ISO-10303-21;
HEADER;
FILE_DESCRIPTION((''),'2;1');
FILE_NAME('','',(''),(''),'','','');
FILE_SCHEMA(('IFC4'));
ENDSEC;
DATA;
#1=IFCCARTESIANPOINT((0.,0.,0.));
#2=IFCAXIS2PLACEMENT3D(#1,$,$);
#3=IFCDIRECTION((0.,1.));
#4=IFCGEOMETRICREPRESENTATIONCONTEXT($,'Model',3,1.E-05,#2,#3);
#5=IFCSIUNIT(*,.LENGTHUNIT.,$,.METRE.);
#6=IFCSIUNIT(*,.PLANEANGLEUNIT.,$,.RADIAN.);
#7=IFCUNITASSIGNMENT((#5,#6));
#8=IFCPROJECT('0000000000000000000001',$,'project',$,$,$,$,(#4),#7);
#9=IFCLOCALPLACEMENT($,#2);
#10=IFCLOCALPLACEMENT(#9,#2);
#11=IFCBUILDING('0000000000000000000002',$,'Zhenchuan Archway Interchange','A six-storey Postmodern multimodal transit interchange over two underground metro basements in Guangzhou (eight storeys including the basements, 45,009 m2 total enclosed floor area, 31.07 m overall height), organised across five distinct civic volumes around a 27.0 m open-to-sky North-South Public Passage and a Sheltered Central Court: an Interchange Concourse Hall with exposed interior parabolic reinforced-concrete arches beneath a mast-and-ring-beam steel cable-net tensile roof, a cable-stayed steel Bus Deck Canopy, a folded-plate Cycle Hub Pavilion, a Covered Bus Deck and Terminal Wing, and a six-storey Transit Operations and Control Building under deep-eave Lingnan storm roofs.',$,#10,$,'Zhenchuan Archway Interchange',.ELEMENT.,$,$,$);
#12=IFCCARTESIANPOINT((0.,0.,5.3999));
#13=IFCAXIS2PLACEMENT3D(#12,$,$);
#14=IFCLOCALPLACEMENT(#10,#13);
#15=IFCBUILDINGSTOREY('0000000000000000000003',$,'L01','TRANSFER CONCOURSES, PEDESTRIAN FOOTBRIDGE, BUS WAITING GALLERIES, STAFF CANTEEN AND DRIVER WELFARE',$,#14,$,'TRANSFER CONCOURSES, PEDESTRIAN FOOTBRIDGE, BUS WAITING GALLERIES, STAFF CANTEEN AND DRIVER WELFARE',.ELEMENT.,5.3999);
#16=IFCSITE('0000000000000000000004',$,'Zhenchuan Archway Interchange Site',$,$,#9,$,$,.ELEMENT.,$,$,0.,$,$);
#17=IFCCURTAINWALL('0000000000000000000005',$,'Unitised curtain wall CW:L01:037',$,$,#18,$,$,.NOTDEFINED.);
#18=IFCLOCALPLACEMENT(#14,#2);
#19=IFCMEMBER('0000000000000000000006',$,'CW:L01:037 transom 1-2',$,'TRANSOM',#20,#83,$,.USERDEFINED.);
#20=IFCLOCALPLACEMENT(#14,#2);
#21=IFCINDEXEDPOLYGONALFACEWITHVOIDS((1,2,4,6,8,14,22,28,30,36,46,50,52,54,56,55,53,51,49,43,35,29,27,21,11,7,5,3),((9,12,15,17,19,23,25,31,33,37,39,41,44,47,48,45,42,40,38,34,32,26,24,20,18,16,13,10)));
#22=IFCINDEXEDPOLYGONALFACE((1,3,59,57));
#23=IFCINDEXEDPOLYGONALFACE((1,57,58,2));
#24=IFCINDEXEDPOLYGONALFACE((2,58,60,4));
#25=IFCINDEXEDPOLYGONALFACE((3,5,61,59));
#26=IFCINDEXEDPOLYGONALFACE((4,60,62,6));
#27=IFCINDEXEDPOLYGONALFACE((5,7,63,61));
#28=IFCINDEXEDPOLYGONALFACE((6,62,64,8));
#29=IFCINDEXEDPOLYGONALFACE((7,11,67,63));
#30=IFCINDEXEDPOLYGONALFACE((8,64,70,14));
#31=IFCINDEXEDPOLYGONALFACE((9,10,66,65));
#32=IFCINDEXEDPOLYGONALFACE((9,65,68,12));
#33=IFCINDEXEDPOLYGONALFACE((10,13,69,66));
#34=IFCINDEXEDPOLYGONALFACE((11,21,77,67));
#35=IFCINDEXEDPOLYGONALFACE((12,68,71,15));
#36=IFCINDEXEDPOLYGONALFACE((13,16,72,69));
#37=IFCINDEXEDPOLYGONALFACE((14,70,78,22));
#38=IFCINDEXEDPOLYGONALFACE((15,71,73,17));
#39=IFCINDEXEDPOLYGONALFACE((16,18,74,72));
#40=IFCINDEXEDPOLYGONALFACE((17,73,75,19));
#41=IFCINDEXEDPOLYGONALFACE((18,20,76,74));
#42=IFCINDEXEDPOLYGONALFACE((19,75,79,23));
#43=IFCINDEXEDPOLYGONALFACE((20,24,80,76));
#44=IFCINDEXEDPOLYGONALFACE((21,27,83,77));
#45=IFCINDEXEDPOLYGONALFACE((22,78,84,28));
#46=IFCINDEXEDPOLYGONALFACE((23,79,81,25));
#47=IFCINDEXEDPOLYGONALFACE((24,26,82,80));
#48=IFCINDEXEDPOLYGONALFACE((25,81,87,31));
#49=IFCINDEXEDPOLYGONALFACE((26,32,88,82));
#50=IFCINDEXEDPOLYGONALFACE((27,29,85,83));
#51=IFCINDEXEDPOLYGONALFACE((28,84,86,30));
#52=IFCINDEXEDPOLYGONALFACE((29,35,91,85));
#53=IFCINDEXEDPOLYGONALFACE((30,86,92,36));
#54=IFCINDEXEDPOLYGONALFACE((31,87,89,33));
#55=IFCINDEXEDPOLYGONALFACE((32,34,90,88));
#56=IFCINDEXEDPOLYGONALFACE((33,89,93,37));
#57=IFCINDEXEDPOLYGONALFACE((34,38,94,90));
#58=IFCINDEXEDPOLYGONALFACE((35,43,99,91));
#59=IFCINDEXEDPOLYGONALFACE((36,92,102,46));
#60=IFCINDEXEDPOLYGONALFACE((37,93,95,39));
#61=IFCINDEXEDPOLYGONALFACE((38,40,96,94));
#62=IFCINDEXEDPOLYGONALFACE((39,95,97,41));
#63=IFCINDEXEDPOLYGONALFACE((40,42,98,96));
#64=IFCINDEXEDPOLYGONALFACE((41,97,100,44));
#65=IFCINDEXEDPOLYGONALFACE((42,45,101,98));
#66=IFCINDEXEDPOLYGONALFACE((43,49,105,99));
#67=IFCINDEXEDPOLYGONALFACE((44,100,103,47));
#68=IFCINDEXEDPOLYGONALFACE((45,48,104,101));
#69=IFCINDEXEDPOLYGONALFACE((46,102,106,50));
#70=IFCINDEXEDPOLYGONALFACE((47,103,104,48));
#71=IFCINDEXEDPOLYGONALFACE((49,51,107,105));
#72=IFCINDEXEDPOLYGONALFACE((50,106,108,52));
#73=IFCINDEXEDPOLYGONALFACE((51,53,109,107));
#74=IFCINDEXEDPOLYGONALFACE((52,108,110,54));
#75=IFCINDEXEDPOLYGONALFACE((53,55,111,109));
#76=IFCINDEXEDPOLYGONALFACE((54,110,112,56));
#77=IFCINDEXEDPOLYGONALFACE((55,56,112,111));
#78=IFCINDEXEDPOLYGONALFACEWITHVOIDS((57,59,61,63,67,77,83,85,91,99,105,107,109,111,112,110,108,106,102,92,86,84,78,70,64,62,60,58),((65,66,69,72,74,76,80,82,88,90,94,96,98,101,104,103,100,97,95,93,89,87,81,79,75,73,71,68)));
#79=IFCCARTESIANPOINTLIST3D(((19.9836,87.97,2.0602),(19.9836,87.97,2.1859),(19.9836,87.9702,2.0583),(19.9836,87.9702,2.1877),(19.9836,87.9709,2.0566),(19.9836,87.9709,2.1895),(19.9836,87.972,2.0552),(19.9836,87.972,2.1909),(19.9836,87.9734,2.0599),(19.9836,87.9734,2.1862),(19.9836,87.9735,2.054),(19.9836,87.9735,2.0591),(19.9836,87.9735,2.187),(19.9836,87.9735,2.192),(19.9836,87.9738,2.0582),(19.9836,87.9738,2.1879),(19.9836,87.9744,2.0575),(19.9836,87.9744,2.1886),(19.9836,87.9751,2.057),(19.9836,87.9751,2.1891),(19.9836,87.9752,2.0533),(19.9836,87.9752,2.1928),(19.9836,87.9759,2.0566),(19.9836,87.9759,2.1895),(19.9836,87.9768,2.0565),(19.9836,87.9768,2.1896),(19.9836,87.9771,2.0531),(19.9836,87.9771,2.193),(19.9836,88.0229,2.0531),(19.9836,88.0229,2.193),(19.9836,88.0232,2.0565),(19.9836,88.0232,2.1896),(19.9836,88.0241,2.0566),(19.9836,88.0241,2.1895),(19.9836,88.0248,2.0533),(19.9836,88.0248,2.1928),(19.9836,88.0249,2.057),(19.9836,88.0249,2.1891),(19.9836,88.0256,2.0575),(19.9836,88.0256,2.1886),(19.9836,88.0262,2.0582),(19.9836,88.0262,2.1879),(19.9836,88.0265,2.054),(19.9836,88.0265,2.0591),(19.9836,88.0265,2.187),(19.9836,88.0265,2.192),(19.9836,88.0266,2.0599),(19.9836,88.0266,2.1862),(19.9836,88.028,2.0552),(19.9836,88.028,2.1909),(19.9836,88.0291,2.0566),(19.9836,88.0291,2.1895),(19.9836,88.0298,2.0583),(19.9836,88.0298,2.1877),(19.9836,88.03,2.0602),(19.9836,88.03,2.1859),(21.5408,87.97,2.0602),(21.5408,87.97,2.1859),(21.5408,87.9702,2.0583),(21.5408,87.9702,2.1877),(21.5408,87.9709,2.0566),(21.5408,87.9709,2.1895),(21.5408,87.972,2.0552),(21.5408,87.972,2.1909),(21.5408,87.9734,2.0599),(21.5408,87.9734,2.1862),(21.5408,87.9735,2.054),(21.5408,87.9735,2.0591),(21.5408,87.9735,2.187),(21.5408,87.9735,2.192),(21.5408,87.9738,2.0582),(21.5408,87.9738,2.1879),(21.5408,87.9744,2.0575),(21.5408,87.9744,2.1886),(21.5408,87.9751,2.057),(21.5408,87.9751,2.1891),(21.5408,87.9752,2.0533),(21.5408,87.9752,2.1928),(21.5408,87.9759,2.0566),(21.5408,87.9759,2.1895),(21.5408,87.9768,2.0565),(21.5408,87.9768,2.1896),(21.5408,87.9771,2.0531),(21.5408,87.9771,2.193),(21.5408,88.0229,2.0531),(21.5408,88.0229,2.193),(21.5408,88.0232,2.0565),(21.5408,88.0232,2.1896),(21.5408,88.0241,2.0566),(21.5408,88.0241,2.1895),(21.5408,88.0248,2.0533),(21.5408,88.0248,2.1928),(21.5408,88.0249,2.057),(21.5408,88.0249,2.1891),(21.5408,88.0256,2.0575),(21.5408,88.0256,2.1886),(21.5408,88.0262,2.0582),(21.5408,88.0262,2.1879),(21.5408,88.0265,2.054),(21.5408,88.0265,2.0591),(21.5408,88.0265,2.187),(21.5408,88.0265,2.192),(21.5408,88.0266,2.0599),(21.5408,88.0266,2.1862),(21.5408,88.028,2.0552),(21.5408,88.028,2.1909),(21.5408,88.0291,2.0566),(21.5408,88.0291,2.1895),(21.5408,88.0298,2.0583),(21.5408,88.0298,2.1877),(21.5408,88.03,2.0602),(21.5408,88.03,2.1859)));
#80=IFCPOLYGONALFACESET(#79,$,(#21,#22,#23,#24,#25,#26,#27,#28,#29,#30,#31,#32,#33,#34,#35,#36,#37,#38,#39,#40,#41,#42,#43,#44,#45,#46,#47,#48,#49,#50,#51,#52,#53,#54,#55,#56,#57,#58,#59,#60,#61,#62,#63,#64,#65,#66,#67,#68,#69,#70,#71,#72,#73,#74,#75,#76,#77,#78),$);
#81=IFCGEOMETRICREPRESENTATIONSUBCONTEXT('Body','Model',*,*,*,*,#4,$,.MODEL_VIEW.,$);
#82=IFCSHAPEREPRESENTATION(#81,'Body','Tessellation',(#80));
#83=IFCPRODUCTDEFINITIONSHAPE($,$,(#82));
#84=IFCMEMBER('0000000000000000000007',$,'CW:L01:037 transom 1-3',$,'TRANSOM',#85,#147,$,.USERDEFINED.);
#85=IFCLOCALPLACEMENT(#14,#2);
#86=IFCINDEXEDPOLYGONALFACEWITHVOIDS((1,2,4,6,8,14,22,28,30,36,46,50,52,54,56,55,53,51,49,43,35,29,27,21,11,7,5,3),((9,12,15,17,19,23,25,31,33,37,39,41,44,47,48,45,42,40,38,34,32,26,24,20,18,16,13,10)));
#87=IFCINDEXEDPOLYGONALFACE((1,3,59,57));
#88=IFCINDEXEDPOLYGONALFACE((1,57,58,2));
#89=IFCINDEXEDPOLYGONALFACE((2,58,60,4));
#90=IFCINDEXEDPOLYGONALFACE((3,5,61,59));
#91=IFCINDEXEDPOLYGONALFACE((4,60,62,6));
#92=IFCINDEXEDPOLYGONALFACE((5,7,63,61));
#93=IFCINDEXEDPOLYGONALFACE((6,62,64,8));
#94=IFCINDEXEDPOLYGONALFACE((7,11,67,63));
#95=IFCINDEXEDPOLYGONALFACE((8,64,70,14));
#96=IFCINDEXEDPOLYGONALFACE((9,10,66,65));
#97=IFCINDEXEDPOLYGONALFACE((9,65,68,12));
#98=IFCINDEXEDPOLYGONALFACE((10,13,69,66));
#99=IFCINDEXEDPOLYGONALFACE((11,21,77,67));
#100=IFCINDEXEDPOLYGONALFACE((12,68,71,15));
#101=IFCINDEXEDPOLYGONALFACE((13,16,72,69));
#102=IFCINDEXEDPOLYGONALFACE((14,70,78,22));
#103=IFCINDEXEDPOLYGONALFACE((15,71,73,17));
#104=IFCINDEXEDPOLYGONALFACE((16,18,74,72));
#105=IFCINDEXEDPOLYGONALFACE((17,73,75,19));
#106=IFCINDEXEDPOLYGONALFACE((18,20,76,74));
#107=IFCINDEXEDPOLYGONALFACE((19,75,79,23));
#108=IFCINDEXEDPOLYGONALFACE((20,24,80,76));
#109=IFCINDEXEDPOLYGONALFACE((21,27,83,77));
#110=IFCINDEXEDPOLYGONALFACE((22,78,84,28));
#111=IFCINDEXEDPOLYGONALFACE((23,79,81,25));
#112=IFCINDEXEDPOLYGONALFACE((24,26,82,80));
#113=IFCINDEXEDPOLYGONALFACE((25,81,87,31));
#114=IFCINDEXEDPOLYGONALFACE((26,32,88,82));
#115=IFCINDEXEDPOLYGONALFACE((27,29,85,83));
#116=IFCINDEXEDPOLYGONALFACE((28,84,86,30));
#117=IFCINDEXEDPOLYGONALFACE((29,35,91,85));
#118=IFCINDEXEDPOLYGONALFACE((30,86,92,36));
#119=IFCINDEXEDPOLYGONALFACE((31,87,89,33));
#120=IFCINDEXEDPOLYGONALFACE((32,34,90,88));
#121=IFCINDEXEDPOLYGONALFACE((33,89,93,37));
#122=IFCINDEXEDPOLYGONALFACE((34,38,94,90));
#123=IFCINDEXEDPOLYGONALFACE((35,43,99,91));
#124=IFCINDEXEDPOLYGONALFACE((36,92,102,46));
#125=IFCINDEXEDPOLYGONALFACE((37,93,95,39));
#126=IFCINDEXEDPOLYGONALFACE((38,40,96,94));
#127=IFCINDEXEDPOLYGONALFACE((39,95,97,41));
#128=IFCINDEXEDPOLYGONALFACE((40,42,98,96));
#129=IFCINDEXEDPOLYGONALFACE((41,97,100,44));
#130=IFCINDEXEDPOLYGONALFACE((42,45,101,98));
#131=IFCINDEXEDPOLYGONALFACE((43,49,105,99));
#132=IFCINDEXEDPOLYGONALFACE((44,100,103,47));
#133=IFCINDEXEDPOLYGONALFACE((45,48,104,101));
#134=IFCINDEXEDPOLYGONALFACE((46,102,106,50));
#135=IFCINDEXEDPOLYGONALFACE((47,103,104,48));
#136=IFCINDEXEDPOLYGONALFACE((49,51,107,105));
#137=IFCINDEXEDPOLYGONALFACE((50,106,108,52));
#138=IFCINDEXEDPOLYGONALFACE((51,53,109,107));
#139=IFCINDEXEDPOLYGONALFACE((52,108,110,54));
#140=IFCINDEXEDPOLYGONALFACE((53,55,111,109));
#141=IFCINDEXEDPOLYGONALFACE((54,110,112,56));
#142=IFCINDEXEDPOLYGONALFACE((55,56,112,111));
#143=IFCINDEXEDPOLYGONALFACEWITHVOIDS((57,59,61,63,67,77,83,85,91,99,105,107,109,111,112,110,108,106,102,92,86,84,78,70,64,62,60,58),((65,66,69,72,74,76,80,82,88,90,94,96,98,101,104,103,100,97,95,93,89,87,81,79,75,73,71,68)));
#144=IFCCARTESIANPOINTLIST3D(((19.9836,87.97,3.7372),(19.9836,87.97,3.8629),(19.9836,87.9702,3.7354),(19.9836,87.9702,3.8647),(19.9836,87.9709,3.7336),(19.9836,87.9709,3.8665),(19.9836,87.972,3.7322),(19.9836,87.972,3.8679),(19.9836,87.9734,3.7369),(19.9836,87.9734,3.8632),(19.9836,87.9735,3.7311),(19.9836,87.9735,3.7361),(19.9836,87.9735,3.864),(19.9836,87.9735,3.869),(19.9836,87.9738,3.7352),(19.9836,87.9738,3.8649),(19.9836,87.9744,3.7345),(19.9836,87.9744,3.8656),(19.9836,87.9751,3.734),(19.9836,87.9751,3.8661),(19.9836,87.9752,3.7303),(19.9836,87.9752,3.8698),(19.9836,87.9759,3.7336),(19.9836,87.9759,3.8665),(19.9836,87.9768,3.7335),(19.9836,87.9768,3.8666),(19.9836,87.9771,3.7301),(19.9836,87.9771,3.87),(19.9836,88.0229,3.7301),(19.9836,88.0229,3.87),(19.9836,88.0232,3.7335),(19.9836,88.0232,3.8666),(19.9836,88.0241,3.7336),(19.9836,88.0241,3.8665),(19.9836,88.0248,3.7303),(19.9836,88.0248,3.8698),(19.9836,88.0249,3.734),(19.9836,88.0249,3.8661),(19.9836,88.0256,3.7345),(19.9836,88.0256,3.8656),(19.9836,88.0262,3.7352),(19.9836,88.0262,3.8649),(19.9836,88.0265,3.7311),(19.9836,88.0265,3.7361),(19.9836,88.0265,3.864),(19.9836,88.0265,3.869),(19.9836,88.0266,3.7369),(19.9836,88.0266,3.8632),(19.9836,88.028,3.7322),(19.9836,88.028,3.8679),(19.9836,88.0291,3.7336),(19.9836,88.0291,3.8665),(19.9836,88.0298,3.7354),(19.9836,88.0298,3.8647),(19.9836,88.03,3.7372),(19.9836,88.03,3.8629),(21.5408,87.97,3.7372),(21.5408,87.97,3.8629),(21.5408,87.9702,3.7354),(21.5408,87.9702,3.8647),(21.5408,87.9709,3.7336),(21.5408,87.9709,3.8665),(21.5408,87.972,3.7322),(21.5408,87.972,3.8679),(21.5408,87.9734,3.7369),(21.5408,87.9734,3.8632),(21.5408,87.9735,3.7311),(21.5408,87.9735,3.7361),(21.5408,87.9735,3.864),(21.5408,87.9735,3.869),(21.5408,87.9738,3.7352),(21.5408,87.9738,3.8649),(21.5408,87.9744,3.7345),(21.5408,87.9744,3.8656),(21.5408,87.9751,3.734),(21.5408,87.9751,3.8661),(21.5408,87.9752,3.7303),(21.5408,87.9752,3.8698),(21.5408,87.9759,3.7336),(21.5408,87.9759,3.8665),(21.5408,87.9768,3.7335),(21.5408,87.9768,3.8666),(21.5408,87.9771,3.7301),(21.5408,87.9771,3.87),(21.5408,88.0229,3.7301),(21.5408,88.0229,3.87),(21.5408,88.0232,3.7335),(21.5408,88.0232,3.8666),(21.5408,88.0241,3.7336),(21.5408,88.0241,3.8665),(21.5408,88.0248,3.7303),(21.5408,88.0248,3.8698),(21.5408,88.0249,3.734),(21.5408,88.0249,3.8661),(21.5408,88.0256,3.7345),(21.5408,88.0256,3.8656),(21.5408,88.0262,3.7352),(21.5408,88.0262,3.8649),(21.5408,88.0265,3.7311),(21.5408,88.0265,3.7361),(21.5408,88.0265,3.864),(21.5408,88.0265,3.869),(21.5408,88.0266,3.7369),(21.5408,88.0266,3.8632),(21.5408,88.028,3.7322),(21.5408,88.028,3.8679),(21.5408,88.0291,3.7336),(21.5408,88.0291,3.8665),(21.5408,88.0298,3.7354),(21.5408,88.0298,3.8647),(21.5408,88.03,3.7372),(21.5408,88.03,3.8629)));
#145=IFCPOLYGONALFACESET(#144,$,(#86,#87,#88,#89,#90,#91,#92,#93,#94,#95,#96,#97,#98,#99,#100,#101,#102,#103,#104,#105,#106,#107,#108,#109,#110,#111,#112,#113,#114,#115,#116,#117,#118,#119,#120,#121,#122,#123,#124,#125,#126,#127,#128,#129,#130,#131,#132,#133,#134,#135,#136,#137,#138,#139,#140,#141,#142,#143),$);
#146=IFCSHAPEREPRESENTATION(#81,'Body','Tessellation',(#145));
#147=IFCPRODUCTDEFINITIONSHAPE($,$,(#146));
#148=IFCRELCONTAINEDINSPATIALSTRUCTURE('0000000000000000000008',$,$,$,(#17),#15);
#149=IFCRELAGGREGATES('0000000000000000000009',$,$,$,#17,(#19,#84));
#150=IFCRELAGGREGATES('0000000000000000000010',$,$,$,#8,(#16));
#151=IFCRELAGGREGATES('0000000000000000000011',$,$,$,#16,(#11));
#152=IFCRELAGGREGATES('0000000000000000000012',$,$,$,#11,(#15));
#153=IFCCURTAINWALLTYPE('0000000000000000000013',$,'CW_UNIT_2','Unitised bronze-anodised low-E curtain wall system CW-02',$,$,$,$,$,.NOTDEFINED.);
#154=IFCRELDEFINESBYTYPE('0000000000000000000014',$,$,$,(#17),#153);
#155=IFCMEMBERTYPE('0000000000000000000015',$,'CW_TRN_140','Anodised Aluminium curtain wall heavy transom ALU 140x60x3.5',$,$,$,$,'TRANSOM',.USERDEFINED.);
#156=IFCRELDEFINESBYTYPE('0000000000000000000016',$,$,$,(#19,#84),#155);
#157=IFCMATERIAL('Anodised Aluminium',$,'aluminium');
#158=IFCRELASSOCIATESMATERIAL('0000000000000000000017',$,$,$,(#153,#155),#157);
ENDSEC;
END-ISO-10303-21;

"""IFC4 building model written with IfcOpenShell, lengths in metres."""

from ifc_helpers import new_model, si_unit, direction, frame, origin, origin_2d, place, context, subcontext, project, spatial, hollow_rectangle, extrude, material, material_profile, profile_set, type_object, element, aggregate, save


model = new_model("IFC4")

# Units and contexts
model_context = context("Model", 3, precision=1e-05, world=origin(), true_north=direction((0.0, 1.0)))
body_context = subcontext(model_context, "Body", "Model", "MODEL_VIEW")
ifc_project = project(units=[si_unit("LENGTHUNIT", "METRE"), si_unit("PLANEANGLEUNIT", "RADIAN")], contexts=[model_context])

# Site, building, storey
site_placement = place(None, origin())
site = spatial("IfcSite", under=ifc_project, at=site_placement, Name="Zhenchuan Archway Interchange Site", CompositionType="ELEMENT", RefElevation=0.0)
building_placement = place(site_placement, origin())
building = spatial("IfcBuilding", under=site, at=building_placement, Name="Zhenchuan Archway Interchange", Description="A six-storey Postmodern multimodal transit interchange over two underground metro basements in Guangzhou (eight storeys including the basements, 45,009 m2 total enclosed floor area, 31.07 m overall height), organised across five distinct civic volumes around a 27.0 m open-to-sky North-South Public Passage and a Sheltered Central Court: an Interchange Concourse Hall with exposed interior parabolic reinforced-concrete arches beneath a mast-and-ring-beam steel cable-net tensile roof, a cable-stayed steel Bus Deck Canopy, a folded-plate Cycle Hub Pavilion, a Covered Bus Deck and Terminal Wing, and a six-storey Transit Operations and Control Building under deep-eave Lingnan storm roofs.", LongName="Zhenchuan Archway Interchange", CompositionType="ELEMENT")
storey_placement = place(building_placement, frame((0.0, 0.0, 5.3999)))
storey = spatial("IfcBuildingStorey", under=building, at=storey_placement, Name="L01", Description="TRANSFER CONCOURSES, PEDESTRIAN FOOTBRIDGE, BUS WAITING GALLERIES, STAFF CANTEEN AND DRIVER WELFARE", LongName="TRANSFER CONCOURSES, PEDESTRIAN FOOTBRIDGE, BUS WAITING GALLERIES, STAFF CANTEEN AND DRIVER WELFARE", CompositionType="ELEMENT", Elevation=5.3999)

# Shared definitions
ifc_material_1 = material(Name="Anodised Aluminium", Category="aluminium")

# Curtain wall
curtain_wall_type_1 = type_object("IfcCurtainWallType", Name="CW_UNIT_2", Description="Unitised bronze-anodised low-E curtain wall system CW-02", PredefinedType="NOTDEFINED", material=ifc_material_1)
curtain_wall_1_placement = place(storey_placement, origin())
curtain_wall_1 = element("IfcCurtainWall", 1, at=curtain_wall_1_placement, inside=storey, type_object=curtain_wall_type_1, Name="Unitised curtain wall CW:L01:037", PredefinedType="NOTDEFINED")

# Members
ifc_material_profile_1 = material_profile(ifc_material_1, hollow_rectangle(XDim=0.0601, YDim=0.1399, WallThickness=0.0034, InnerFilletRadius=0.0034, OuterFilletRadius=0.0071, at=origin_2d()), Name="ALU 140x60x3.5")
ifc_profile_set_1 = profile_set([ifc_material_profile_1], Name="Anodised Aluminium")
member_type_1 = type_object("IfcMemberType", Name="CW_TRN_140", Description="Anodised Aluminium curtain wall heavy transom ALU 140x60x3.5", ElementType="TRANSOM", PredefinedType="USERDEFINED", material=ifc_profile_set_1)
member_1_placement = place(storey_placement, frame((19.9836, 88.0, 2.123), z_axis=(1.0, 0.0, 0.0), x_axis=(0.0, 1.0, 0.0)))
member_1 = element("IfcMember", 2, at=member_1_placement, type_object=member_type_1, Name="CW:L01:037 transom 1-2", ObjectType="TRANSOM", PredefinedType="USERDEFINED", context=body_context, shape_type="SweptSolid", body=[
    extrude(hollow_rectangle(XDim=0.0601, YDim=0.1399, WallThickness=0.0034, InnerFilletRadius=0.0034, OuterFilletRadius=0.0071, at=origin_2d()), origin(), (0.0, 0.0, 1.0), 1.5571),
])
member_2_placement = place(storey_placement, frame((19.9836, 88.0, 3.8), z_axis=(1.0, 0.0, 0.0), x_axis=(0.0, 1.0, 0.0)))
member_2 = element("IfcMember", 3, at=member_2_placement, type_object=member_type_1, Name="CW:L01:037 transom 1-3", ObjectType="TRANSOM", PredefinedType="USERDEFINED", context=body_context, shape_type="SweptSolid", body=[
    extrude(hollow_rectangle(XDim=0.0601, YDim=0.1399, WallThickness=0.0034, InnerFilletRadius=0.0034, OuterFilletRadius=0.0071, at=origin_2d()), origin(), (0.0, 0.0, 1.0), 1.5571),
])

aggregate(curtain_wall_1, [member_1, member_2])

save(model, "model.ifc")
